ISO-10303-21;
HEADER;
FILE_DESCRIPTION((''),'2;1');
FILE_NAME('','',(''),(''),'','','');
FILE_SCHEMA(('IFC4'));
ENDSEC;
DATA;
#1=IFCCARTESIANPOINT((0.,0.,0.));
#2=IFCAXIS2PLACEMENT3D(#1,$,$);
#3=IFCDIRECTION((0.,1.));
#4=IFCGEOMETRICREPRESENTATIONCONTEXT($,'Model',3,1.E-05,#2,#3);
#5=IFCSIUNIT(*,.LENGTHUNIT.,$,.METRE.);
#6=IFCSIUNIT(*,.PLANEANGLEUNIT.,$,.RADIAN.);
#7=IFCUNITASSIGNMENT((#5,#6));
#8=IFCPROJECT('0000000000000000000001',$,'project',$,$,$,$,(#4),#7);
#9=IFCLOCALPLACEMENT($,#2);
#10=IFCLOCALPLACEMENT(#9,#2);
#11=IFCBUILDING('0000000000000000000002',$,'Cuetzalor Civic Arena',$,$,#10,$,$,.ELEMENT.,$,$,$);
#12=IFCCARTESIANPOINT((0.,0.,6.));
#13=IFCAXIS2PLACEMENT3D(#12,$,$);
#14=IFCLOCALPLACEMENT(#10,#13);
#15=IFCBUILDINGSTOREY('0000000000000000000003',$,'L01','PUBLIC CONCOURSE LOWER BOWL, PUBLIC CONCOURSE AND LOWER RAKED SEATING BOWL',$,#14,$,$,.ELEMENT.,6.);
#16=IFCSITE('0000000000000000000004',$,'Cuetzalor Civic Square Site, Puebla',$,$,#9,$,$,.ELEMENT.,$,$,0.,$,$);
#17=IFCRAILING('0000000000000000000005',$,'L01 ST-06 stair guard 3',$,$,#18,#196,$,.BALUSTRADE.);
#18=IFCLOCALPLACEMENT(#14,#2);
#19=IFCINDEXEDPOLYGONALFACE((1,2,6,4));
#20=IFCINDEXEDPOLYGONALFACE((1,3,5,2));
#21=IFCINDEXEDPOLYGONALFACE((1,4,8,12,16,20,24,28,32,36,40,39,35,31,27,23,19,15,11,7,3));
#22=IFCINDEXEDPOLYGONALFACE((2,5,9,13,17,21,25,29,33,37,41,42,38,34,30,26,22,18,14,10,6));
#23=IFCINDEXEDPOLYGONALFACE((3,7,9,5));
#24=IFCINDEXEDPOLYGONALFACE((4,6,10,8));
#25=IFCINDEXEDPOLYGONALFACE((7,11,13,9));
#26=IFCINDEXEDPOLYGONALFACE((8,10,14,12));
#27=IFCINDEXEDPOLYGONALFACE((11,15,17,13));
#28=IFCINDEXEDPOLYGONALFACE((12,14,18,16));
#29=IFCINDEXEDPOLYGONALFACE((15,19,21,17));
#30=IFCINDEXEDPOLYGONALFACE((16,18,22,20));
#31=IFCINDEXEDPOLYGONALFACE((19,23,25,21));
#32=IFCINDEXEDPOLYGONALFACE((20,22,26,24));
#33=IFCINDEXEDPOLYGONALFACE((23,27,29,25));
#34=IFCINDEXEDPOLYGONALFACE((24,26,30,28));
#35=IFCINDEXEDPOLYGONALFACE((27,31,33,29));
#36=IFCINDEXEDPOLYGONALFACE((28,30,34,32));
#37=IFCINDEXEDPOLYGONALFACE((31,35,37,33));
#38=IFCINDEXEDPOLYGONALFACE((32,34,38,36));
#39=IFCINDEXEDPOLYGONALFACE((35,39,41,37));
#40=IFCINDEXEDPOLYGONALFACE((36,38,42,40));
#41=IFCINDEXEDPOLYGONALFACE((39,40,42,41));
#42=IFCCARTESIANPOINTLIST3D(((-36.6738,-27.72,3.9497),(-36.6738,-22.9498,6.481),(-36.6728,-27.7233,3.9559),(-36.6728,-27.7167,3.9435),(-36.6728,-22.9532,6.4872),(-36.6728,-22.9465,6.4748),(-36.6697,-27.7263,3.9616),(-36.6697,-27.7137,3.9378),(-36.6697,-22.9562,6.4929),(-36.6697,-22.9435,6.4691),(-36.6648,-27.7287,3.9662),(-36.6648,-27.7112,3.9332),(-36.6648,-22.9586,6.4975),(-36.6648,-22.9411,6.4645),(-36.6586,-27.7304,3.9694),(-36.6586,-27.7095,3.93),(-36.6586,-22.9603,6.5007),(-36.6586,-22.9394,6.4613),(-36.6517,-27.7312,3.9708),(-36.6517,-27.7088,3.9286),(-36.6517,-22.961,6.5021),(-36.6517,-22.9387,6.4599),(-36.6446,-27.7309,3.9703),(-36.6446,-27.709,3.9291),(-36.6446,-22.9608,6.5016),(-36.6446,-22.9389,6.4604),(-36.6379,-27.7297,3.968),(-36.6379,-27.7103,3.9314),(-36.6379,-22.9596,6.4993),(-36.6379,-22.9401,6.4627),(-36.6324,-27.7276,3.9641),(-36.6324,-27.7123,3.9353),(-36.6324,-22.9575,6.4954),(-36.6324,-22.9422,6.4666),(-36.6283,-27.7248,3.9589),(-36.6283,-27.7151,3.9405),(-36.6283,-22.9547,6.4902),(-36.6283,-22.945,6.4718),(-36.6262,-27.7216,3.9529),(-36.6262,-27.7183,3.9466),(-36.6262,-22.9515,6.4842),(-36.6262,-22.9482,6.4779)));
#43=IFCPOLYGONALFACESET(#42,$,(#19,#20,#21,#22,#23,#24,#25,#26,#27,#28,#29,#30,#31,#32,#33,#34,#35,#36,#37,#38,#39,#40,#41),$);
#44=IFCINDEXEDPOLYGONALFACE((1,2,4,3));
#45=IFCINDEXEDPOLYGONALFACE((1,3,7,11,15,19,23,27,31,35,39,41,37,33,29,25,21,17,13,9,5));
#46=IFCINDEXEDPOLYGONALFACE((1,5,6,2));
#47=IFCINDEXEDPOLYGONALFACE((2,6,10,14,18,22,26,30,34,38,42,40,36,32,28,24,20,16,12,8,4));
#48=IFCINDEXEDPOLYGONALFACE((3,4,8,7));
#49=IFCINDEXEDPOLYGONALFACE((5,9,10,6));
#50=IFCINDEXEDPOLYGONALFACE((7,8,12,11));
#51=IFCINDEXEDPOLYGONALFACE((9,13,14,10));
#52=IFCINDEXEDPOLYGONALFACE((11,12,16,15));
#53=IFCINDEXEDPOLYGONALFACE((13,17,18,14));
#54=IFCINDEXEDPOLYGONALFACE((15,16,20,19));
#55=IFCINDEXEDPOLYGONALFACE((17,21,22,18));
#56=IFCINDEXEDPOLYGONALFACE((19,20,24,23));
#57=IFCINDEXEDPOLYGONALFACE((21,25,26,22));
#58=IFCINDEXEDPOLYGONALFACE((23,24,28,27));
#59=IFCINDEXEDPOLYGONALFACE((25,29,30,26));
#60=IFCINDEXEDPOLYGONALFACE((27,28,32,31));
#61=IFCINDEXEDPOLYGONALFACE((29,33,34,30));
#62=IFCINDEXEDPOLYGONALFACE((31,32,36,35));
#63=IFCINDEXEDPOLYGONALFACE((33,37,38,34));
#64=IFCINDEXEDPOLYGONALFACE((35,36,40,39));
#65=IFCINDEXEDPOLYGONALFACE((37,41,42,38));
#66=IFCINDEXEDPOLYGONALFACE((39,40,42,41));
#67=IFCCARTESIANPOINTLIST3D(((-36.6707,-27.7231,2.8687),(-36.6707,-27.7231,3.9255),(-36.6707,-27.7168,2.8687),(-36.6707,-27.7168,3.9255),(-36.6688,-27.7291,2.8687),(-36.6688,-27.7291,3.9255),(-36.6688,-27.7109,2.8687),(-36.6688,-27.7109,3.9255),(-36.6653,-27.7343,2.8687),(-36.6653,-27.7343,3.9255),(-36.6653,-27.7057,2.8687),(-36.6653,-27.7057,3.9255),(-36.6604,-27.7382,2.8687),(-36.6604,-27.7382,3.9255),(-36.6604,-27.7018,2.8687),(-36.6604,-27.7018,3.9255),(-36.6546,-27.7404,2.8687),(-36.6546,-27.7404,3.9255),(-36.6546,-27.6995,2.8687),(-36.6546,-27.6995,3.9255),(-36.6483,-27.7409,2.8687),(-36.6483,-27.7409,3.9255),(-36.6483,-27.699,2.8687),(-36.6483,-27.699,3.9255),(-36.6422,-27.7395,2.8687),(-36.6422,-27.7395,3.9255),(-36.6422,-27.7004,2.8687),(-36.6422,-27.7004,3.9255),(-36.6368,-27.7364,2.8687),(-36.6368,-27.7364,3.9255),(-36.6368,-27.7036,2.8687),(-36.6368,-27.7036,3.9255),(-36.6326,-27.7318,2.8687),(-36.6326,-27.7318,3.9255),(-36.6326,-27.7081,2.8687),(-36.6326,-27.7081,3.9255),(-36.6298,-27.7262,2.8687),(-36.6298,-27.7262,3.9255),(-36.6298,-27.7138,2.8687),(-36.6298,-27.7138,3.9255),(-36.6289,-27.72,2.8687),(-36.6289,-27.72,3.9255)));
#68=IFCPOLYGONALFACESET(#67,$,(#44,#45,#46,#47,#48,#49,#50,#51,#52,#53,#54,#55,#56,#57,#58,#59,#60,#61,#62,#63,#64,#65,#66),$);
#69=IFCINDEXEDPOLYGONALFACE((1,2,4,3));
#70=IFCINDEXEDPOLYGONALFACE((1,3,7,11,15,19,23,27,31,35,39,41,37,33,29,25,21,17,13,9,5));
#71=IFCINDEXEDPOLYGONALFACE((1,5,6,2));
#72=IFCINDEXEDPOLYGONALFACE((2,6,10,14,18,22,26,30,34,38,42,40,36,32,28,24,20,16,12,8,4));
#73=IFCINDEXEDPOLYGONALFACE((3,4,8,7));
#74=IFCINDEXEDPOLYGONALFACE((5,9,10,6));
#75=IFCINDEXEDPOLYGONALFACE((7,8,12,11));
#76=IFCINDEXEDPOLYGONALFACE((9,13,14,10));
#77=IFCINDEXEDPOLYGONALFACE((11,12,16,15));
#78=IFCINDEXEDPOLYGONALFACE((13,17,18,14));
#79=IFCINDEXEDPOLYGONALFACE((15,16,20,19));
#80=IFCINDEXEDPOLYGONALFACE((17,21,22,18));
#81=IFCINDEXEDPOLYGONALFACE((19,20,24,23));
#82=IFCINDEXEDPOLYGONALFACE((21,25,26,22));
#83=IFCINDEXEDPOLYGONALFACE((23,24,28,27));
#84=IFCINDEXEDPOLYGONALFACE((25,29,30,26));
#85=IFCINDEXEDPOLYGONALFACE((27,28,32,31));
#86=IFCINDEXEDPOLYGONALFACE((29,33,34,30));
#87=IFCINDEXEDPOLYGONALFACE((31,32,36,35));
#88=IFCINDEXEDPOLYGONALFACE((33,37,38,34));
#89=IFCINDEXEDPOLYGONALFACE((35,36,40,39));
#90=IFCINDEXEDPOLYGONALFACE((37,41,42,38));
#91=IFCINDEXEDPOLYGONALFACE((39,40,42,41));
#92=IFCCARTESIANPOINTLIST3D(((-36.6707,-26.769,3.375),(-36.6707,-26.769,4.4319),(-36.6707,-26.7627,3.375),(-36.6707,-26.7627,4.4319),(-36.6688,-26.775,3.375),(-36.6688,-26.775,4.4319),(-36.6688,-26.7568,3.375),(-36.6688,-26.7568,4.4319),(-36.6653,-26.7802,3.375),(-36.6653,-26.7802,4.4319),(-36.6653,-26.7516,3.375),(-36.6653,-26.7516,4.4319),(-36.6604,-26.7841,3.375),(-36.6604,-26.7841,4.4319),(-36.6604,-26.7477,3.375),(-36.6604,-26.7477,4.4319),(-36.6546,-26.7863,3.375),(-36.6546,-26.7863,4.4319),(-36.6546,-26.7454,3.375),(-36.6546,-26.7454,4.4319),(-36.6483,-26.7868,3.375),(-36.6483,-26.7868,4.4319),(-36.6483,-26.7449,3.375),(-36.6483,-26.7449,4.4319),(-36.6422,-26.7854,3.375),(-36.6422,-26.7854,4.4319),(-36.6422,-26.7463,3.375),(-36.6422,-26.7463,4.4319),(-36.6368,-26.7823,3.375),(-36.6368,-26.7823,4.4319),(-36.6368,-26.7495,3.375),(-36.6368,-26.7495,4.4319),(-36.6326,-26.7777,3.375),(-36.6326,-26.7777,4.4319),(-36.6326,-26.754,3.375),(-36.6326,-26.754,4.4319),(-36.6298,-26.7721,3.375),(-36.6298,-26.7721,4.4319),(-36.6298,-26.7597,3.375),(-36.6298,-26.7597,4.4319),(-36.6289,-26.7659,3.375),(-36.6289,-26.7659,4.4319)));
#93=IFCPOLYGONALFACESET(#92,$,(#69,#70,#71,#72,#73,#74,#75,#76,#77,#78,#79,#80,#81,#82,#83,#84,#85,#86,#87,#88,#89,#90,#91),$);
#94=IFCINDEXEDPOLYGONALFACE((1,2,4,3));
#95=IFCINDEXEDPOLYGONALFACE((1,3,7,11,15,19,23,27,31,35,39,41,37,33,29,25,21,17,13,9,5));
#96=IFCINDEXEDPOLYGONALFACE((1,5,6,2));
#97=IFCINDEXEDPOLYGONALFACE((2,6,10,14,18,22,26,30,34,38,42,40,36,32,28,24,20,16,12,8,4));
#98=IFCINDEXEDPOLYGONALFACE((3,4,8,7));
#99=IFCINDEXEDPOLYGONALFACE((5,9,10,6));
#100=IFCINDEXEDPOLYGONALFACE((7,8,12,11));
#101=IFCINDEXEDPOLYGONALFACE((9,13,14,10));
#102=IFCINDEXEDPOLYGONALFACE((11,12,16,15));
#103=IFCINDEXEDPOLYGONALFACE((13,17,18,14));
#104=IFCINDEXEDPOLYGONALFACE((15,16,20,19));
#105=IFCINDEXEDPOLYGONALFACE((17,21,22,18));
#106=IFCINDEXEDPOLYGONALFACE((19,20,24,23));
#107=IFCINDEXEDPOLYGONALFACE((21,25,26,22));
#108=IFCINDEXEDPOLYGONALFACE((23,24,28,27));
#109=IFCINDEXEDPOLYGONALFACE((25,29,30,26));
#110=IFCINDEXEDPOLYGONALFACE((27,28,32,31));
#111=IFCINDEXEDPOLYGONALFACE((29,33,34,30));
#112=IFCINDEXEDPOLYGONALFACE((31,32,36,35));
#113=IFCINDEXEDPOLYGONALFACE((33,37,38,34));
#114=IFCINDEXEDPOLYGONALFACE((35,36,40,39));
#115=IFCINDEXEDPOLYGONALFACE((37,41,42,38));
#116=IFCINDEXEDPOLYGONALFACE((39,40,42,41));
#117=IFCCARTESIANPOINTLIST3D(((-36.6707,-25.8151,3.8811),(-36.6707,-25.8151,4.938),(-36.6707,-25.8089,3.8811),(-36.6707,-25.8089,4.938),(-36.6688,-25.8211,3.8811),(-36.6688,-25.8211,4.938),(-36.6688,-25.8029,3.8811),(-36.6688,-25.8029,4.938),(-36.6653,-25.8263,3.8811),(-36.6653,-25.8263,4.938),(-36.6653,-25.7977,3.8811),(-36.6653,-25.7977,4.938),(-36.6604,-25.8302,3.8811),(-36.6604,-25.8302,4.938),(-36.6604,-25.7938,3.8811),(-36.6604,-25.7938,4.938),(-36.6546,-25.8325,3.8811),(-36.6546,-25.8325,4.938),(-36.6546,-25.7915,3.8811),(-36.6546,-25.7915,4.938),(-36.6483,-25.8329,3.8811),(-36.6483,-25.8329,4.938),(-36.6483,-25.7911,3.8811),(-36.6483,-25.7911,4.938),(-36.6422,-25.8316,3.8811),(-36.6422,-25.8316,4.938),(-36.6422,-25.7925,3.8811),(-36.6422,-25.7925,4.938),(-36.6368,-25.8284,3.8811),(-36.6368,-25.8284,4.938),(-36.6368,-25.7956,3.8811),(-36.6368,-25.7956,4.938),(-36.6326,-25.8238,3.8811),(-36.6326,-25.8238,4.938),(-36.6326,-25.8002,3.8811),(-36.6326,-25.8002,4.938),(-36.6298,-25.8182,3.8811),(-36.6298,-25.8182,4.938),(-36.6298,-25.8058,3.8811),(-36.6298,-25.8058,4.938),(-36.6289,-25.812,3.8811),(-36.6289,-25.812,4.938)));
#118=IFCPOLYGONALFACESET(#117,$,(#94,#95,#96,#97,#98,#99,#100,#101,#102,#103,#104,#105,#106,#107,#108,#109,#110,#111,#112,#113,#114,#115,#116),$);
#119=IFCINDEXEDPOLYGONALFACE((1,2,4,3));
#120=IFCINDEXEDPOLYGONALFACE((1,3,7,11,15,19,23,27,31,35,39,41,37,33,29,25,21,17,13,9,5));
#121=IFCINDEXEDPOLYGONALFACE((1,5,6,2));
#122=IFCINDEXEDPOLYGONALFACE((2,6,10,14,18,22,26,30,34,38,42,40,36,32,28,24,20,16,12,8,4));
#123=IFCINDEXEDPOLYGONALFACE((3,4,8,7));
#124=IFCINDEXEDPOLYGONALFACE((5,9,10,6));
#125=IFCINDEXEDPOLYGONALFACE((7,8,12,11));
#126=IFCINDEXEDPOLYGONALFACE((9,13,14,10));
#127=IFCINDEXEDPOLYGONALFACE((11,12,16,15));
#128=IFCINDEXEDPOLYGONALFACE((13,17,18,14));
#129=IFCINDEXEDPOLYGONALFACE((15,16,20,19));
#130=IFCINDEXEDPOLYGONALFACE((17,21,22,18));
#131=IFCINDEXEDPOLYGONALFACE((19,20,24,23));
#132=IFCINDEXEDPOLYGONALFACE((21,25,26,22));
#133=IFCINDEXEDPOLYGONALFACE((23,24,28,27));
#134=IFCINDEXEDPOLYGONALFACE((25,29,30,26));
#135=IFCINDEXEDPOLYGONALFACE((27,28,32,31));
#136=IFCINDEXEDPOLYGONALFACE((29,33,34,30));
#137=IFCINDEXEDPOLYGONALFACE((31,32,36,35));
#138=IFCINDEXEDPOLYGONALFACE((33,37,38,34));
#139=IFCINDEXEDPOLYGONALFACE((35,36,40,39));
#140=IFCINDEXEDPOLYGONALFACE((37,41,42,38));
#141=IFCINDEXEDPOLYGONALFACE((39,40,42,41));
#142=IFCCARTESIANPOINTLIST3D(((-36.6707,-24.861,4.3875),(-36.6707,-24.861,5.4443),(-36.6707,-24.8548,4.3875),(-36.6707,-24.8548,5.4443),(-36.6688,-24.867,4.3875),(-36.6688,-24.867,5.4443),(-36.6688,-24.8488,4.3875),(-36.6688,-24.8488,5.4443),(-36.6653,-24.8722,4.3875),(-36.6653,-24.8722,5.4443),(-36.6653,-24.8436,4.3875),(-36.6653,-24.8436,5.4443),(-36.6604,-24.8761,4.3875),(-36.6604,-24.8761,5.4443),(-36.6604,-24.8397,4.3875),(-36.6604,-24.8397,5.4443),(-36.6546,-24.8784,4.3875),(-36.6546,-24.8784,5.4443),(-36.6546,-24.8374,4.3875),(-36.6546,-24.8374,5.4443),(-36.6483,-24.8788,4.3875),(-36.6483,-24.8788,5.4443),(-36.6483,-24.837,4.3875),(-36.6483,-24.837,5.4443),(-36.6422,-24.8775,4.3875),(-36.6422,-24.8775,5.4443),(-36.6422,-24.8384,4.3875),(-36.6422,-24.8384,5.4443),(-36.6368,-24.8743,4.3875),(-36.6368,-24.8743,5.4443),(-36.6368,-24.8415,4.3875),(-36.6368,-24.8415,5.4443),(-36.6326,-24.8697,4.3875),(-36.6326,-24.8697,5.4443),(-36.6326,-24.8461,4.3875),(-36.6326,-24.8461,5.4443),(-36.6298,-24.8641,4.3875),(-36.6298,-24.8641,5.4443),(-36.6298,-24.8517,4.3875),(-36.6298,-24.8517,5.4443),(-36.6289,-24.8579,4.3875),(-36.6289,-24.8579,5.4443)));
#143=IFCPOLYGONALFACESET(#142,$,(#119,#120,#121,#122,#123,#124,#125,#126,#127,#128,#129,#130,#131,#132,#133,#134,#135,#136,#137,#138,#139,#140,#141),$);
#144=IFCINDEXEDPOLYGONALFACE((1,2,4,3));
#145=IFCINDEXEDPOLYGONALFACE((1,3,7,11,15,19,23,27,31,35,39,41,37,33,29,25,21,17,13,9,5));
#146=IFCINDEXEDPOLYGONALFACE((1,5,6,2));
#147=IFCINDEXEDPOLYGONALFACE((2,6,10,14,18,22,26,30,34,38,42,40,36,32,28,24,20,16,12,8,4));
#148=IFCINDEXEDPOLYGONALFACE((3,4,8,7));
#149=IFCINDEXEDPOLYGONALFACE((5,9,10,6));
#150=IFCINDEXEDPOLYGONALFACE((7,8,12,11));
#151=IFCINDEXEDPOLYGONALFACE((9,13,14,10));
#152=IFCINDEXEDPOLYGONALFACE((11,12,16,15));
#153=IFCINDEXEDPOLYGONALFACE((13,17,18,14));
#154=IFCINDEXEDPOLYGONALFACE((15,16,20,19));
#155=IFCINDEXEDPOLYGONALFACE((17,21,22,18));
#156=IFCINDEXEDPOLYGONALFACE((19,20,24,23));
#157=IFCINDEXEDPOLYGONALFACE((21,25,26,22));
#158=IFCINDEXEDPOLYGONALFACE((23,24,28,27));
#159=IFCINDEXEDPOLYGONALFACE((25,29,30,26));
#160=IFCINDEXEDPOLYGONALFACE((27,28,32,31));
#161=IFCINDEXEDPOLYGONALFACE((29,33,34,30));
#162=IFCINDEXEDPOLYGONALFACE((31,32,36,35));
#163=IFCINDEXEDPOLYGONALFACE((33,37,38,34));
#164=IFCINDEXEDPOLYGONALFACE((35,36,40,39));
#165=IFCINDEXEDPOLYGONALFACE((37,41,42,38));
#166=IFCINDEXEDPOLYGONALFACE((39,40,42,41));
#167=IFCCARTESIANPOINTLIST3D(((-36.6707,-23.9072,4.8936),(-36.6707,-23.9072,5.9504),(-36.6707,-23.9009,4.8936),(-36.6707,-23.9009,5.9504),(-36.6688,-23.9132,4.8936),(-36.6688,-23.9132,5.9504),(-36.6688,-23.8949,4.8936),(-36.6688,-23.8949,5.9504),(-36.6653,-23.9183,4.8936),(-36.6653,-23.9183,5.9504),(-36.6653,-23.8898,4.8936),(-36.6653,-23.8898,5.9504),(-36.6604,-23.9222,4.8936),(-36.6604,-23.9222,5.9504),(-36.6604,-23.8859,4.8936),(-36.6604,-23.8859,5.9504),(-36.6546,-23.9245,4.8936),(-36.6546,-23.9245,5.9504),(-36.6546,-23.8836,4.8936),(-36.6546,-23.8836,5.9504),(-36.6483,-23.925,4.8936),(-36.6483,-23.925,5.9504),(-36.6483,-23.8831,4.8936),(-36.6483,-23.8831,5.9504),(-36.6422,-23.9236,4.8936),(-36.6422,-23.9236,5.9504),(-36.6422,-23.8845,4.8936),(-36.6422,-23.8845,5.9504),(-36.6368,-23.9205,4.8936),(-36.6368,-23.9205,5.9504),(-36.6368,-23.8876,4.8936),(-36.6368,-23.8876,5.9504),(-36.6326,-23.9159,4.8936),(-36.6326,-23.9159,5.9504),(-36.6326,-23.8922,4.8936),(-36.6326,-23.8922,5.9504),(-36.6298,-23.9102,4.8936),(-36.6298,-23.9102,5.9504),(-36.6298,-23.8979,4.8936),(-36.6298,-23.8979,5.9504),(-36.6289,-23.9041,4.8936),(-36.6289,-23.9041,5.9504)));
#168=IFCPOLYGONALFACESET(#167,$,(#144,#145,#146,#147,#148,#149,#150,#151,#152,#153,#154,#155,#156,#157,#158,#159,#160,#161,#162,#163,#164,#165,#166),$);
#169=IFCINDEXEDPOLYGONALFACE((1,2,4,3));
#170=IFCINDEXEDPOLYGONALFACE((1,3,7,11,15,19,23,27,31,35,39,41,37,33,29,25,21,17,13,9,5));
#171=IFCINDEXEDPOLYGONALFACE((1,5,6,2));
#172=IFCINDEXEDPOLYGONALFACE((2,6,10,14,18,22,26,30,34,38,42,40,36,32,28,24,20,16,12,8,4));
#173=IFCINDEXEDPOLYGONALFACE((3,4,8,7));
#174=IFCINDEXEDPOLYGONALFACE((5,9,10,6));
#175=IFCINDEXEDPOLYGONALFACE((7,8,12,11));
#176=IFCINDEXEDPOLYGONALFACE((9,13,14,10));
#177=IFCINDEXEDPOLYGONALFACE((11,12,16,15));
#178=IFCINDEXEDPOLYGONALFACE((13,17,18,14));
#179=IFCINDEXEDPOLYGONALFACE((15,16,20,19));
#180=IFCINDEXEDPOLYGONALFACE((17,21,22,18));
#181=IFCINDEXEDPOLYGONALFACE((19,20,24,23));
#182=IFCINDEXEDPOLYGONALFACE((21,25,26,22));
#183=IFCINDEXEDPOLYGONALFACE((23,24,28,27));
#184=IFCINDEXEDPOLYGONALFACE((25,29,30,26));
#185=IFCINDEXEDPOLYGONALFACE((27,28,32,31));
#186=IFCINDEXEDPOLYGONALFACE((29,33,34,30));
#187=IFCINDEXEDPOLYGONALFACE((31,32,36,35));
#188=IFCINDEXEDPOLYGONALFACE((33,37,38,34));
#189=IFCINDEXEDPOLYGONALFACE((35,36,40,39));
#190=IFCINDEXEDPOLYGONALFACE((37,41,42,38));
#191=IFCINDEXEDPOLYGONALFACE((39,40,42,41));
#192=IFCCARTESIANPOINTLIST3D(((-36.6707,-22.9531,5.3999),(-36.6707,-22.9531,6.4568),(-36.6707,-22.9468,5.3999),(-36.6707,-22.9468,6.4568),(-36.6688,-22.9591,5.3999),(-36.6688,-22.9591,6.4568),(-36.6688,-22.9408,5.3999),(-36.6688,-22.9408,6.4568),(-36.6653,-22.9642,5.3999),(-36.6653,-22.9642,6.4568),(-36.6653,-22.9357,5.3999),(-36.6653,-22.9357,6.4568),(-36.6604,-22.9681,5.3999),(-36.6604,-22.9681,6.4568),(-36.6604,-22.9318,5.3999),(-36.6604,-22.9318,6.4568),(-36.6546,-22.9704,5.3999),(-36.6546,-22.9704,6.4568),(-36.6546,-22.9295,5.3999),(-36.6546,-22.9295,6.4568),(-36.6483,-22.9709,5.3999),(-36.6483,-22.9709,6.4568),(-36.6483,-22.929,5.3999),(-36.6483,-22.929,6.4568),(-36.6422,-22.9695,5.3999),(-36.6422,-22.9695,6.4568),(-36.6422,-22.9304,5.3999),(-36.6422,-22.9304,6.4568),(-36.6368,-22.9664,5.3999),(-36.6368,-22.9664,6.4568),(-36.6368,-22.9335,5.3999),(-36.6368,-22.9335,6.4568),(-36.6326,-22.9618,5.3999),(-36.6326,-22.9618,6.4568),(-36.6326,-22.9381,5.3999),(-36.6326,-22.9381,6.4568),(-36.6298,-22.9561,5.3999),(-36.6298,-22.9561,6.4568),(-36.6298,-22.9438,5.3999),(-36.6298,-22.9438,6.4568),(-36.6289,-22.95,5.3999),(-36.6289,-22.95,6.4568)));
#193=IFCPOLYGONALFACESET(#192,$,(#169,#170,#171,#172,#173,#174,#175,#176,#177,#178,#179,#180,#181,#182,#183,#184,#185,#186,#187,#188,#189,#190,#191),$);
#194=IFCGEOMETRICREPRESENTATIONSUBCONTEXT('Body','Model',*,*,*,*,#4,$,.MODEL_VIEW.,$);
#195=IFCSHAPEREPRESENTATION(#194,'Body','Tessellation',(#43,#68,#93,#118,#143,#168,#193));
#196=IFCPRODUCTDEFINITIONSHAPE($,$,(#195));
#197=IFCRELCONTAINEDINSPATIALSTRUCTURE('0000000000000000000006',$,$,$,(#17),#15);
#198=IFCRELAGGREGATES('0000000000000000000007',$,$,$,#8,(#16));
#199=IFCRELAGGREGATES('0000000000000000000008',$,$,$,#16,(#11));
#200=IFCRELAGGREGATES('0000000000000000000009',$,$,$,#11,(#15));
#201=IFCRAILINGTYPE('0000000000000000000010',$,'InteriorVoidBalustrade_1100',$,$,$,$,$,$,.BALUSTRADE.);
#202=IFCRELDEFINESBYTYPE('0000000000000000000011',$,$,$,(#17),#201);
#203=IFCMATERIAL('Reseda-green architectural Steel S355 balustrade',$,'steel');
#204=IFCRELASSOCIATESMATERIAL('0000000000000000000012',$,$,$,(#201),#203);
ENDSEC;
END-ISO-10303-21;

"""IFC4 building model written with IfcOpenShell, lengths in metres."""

from ifc_helpers import new_model, si_unit, direction, frame, origin, origin_2d, place, context, subcontext, project, spatial, circle, extrude, material, type_object, element, save


model = new_model("IFC4")

# Units and contexts
model_context = context("Model", 3, precision=1e-05, world=origin(), true_north=direction((0.0, 1.0)))
body_context = subcontext(model_context, "Body", "Model", "MODEL_VIEW")
ifc_project = project(units=[si_unit("LENGTHUNIT", "METRE"), si_unit("PLANEANGLEUNIT", "RADIAN")], contexts=[model_context])

# Site, building, storey
site_placement = place(None, origin())
site = spatial("IfcSite", under=ifc_project, at=site_placement, Name="Cuetzalor Civic Square Site, Puebla", CompositionType="ELEMENT", RefElevation=0.0)
building_placement = place(site_placement, origin())
building = spatial("IfcBuilding", under=site, at=building_placement, Name="Cuetzalor Civic Arena", CompositionType="ELEMENT")
storey_placement = place(building_placement, frame((0.0, 0.0, 6.0)))
storey = spatial("IfcBuildingStorey", under=building, at=storey_placement, Name="L01", Description="PUBLIC CONCOURSE LOWER BOWL, PUBLIC CONCOURSE AND LOWER RAKED SEATING BOWL", CompositionType="ELEMENT", Elevation=6.0)

# Railing
ifc_material_1 = material(Name="Reseda-green architectural Steel S355 balustrade", Category="steel")
railing_type_1 = type_object("IfcRailingType", Name="InteriorVoidBalustrade_1100", PredefinedType="BALUSTRADE", material=ifc_material_1)
railing_1_placement = place(storey_placement, frame((-36.6499, -27.72, 2.8687)))
element("IfcRailing", 1, at=railing_1_placement, inside=storey, type_object=railing_type_1, Name="L01 ST-06 stair guard 3", PredefinedType="BALUSTRADE", context=body_context, shape_type="SweptSolid", body=[
    extrude(circle(Radius=0.0239, at=origin_2d()), frame((0.0, 0.0, 1.0811), z_axis=(0.0, 0.883332, 0.468747), x_axis=(-1.0, 0.0, 0.0)), (0.0, 0.0, 1.0), 5.4001),
    extrude(circle(Radius=0.021, at=origin_2d()), origin(), (0.0, 0.0, 1.0), 1.0569),
    extrude(circle(Radius=0.021, at=origin_2d()), frame((0.0, 0.9541, 0.5063)), (0.0, 0.0, 1.0), 1.0569),
    extrude(circle(Radius=0.021, at=origin_2d()), frame((0.0, 1.908, 1.0125)), (0.0, 0.0, 1.0), 1.0569),
    extrude(circle(Radius=0.021, at=origin_2d()), frame((0.0, 2.8621, 1.5188)), (0.0, 0.0, 1.0), 1.0569),
    extrude(circle(Radius=0.021, at=origin_2d()), frame((0.0, 3.8159, 2.0249)), (0.0, 0.0, 1.0), 1.0569),
    extrude(circle(Radius=0.021, at=origin_2d()), frame((0.0, 4.77, 2.5312)), (0.0, 0.0, 1.0), 1.0569),
])

save(model, "model.ifc")
